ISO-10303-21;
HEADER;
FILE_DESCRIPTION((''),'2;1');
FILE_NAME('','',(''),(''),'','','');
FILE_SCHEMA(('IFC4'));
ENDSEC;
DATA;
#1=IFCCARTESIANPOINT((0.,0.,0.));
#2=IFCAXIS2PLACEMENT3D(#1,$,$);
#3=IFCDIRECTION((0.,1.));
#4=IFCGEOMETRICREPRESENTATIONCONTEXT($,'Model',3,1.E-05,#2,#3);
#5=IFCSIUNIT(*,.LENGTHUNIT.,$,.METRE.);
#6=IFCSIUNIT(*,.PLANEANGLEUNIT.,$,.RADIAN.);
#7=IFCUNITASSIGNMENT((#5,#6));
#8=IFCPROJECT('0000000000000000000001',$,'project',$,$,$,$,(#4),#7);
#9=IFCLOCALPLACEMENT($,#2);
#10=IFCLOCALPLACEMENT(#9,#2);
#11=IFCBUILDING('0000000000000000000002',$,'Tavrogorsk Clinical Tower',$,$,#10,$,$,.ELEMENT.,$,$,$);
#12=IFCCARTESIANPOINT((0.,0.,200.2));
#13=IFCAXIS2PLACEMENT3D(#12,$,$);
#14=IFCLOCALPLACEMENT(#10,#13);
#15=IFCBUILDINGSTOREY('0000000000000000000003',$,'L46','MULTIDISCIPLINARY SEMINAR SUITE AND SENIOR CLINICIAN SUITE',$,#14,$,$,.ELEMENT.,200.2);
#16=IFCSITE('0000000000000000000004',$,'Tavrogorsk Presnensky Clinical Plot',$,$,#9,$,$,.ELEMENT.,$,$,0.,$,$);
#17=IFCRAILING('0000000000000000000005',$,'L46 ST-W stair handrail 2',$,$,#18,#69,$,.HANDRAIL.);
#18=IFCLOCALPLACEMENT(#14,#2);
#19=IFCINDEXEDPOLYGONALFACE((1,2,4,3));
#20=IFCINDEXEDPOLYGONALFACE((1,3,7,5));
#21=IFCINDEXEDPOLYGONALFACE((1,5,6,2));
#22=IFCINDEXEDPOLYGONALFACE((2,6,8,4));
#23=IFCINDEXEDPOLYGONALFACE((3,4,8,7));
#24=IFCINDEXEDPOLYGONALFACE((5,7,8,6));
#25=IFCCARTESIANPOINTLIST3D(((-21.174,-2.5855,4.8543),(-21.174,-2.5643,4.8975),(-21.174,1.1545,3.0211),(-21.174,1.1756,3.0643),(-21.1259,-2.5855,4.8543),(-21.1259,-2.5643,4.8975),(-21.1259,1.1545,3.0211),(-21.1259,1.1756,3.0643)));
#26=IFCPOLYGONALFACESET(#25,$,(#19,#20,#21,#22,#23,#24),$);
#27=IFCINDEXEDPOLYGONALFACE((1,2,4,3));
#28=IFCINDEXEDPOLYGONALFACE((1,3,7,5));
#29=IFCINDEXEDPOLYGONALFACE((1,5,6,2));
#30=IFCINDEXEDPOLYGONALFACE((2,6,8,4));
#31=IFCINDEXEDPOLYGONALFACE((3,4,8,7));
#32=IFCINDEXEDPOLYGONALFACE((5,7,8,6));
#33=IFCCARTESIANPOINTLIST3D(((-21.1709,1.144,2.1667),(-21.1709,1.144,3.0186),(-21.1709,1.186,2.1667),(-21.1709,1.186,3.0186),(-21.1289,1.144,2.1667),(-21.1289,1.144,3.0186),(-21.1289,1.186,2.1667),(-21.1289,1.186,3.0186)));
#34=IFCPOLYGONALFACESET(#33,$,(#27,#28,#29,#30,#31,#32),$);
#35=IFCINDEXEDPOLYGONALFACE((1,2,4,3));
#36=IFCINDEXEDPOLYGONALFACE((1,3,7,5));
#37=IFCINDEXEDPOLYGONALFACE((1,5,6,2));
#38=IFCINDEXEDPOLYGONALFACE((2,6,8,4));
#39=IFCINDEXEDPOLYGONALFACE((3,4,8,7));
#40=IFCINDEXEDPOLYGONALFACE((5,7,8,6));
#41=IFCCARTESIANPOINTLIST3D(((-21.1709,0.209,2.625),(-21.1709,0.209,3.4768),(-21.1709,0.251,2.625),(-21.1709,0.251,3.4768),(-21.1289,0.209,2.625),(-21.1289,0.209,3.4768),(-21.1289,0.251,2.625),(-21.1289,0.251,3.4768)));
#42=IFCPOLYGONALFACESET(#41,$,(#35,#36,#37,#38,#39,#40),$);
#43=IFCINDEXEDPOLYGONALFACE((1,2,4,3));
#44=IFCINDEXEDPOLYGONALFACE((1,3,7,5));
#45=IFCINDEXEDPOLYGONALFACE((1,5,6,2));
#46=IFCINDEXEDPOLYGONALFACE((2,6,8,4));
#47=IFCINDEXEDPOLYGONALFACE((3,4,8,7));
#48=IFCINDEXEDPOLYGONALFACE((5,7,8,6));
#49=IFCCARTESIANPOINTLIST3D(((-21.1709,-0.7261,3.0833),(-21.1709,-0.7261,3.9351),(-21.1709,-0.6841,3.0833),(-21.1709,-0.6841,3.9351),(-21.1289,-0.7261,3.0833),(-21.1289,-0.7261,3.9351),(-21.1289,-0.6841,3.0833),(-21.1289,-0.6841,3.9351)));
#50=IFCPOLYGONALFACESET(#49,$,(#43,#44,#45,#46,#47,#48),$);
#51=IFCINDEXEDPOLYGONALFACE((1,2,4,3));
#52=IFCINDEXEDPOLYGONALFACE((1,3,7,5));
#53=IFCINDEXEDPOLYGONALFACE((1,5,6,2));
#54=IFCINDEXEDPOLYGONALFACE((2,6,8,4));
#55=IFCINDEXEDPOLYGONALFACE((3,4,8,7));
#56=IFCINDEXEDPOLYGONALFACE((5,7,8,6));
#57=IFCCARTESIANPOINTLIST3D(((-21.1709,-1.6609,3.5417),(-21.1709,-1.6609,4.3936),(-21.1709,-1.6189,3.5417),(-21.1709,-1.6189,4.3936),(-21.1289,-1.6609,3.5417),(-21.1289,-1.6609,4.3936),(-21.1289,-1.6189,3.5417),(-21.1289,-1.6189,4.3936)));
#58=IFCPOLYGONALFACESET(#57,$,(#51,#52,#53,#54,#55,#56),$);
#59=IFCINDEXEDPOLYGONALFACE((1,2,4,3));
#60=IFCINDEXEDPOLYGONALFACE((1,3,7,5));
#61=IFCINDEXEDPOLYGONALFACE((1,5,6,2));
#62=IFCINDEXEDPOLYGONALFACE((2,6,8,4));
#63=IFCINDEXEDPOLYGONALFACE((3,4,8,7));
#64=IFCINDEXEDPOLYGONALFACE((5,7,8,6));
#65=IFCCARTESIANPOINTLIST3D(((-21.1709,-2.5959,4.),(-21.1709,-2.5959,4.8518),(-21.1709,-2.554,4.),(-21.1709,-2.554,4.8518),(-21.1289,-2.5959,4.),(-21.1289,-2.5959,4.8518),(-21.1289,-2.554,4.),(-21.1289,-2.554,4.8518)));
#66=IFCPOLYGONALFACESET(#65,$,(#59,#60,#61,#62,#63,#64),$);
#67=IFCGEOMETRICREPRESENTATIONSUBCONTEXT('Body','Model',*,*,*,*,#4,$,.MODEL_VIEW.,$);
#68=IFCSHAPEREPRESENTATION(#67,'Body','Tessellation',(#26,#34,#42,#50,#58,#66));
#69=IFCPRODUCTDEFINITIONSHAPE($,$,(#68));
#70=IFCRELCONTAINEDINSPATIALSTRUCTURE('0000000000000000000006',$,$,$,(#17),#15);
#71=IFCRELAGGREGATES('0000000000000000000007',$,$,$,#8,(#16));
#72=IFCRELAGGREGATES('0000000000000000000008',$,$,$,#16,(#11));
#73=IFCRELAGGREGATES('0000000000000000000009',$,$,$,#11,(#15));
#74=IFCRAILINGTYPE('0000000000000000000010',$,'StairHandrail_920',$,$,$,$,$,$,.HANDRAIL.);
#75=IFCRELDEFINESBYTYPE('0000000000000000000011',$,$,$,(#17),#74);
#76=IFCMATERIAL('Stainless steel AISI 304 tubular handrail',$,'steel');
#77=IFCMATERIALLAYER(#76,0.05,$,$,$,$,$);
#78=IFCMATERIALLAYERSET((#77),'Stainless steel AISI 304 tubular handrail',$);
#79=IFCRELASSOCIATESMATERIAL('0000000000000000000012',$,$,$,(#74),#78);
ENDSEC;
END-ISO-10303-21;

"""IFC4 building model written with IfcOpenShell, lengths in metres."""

from ifc_helpers import new_model, si_unit, direction, frame, origin, origin_2d, place, context, subcontext, project, spatial, rectangle, extrude, material, layer, layer_set, type_object, element, save


model = new_model("IFC4")

# Units and contexts
model_context = context("Model", 3, precision=1e-05, world=origin(), true_north=direction((0.0, 1.0)))
body_context = subcontext(model_context, "Body", "Model", "MODEL_VIEW")
ifc_project = project(units=[si_unit("LENGTHUNIT", "METRE"), si_unit("PLANEANGLEUNIT", "RADIAN")], contexts=[model_context])

# Site, building, storey
site_placement = place(None, origin())
site = spatial("IfcSite", under=ifc_project, at=site_placement, Name="Tavrogorsk Presnensky Clinical Plot", CompositionType="ELEMENT", RefElevation=0.0)
building_placement = place(site_placement, origin())
building = spatial("IfcBuilding", under=site, at=building_placement, Name="Tavrogorsk Clinical Tower", CompositionType="ELEMENT")
storey_placement = place(building_placement, frame((0.0, 0.0, 200.2)))
storey = spatial("IfcBuildingStorey", under=building, at=storey_placement, Name="L46", Description="MULTIDISCIPLINARY SEMINAR SUITE AND SENIOR CLINICIAN SUITE", CompositionType="ELEMENT", Elevation=200.2)

# Railing
ifc_material_1 = material(Name="Stainless steel AISI 304 tubular handrail", Category="steel")
ifc_layer_1 = layer(ifc_material_1, 0.05)
ifc_layer_set_1 = layer_set([ifc_layer_1], Name="Stainless steel AISI 304 tubular handrail")
railing_type_1 = type_object("IfcRailingType", Name="StairHandrail_920", PredefinedType="HANDRAIL", material=ifc_layer_set_1)
railing_1_placement = place(storey_placement, frame((-21.1499, 1.165, 2.1667)))
element("IfcRailing", 1, at=railing_1_placement, inside=storey, type_object=railing_type_1, Name="L46 ST-W stair handrail 2", PredefinedType="HANDRAIL", context=body_context, shape_type="SweptSolid", body=[
    extrude(rectangle(XDim=0.0481, YDim=0.0481, at=origin_2d()), frame((0.0, 0.0, 0.876), z_axis=(0.0, -0.897928, 0.440142), x_axis=(1.0, 0.0, 0.0)), (0.0, 0.0, 1.0), 4.165),
    extrude(rectangle(XDim=0.042, YDim=0.042, at=origin_2d()), origin(), (0.0, 0.0, 1.0), 0.8518),
    extrude(rectangle(XDim=0.042, YDim=0.042, at=origin_2d()), frame((0.0, -0.9351, 0.4583)), (0.0, 0.0, 1.0), 0.8518),
    extrude(rectangle(XDim=0.042, YDim=0.042, at=origin_2d()), frame((0.0, -1.8701, 0.9165)), (0.0, 0.0, 1.0), 0.8518),
    extrude(rectangle(XDim=0.042, YDim=0.042, at=origin_2d()), frame((0.0, -2.8049, 1.375)), (0.0, 0.0, 1.0), 0.8518),
    extrude(rectangle(XDim=0.042, YDim=0.042, at=origin_2d()), frame((0.0, -3.74, 1.8333)), (0.0, 0.0, 1.0), 0.8518),
])

save(model, "model.ifc")
